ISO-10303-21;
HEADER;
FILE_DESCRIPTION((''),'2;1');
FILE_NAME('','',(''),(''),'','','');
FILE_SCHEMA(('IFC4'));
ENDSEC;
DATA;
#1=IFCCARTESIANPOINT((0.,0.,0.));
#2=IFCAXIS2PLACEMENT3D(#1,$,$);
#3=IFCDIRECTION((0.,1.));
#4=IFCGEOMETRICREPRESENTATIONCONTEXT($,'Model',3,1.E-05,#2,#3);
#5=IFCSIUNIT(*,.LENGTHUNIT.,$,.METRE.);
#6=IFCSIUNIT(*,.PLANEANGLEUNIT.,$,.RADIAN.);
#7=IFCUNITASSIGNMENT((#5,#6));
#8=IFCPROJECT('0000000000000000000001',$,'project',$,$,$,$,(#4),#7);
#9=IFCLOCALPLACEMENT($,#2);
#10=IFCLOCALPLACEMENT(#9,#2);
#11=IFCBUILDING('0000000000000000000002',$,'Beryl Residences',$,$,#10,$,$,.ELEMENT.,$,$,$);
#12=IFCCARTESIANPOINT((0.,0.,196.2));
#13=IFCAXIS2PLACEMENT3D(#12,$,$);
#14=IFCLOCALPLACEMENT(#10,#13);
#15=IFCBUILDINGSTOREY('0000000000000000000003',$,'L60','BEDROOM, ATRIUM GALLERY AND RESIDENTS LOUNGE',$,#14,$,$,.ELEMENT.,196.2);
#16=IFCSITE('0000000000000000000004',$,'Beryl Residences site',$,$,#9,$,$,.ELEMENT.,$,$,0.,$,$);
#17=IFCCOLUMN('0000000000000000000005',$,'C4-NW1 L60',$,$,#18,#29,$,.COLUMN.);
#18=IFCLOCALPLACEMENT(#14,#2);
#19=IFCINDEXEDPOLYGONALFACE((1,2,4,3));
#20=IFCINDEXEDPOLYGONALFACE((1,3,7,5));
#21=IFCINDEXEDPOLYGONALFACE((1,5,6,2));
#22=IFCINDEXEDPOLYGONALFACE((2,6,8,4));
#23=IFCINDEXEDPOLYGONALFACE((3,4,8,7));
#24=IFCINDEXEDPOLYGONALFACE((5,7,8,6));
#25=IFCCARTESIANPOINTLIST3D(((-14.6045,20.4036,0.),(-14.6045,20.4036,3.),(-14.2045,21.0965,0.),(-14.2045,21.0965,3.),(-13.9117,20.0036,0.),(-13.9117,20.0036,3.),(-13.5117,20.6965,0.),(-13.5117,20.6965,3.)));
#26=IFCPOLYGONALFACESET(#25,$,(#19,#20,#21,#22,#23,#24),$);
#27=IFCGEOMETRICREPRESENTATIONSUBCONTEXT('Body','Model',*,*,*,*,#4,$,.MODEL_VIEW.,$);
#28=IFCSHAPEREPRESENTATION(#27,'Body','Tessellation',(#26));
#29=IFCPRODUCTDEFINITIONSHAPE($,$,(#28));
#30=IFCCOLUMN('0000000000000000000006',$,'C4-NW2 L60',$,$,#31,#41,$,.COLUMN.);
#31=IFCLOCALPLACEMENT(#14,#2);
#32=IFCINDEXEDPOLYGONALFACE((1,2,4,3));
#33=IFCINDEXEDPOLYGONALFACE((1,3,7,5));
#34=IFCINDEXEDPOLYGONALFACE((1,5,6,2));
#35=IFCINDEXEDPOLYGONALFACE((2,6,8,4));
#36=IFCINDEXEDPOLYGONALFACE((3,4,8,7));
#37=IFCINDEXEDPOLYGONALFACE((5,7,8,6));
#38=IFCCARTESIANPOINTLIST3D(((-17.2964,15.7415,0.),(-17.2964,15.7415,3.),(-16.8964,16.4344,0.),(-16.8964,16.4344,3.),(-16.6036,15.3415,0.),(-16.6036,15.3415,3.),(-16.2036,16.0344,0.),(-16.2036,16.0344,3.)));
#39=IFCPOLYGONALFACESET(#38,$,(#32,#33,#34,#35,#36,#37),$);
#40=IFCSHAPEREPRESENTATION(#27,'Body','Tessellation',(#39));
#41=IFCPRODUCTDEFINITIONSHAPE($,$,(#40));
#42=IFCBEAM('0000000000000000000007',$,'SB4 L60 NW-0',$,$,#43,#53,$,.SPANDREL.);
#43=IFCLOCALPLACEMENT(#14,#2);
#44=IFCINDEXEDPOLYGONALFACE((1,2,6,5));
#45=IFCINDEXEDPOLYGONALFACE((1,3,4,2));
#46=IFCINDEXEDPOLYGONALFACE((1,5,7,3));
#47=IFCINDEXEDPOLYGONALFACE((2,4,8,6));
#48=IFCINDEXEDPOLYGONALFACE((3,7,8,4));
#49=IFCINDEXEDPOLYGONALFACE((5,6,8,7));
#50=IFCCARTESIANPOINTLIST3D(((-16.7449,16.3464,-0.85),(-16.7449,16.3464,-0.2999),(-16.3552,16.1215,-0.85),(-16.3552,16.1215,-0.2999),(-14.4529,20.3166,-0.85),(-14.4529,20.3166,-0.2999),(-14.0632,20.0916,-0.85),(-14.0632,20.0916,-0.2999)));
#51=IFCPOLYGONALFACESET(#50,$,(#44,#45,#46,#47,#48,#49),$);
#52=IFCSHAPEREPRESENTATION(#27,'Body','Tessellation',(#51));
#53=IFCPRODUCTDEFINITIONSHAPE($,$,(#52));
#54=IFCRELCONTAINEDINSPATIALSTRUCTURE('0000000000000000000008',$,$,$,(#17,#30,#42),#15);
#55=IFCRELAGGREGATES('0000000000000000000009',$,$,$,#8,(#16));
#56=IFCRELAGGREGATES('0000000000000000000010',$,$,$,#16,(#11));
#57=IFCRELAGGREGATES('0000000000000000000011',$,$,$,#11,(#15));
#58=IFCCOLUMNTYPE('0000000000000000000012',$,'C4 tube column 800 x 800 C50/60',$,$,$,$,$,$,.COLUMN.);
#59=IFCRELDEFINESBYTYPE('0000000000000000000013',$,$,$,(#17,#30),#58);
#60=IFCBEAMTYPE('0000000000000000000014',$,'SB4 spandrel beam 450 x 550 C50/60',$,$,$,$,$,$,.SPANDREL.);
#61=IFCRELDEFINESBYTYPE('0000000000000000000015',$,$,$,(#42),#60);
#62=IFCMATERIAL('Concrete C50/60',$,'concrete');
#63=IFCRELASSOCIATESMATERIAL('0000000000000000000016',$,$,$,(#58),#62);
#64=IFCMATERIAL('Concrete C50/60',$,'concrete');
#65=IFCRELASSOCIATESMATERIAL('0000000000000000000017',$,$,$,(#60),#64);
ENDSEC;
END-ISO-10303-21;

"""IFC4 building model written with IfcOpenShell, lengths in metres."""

from ifc_helpers import new_model, si_unit, direction, frame, origin, origin_2d, place, context, subcontext, project, spatial, rectangle, extrude, material, material_profile, profile_set, type_object, element, save


model = new_model("IFC4")

# Units and contexts
model_context = context("Model", 3, precision=1e-05, world=origin(), true_north=direction((0.0, 1.0)))
body_context = subcontext(model_context, "Body", "Model", "MODEL_VIEW")
ifc_project = project(units=[si_unit("LENGTHUNIT", "METRE"), si_unit("PLANEANGLEUNIT", "RADIAN")], contexts=[model_context])

# Site, building, storey
site_placement = place(None, origin())
site = spatial("IfcSite", under=ifc_project, at=site_placement, Name="Beryl Residences site", CompositionType="ELEMENT", RefElevation=0.0)
building_placement = place(site_placement, origin())
building = spatial("IfcBuilding", under=site, at=building_placement, Name="Beryl Residences", CompositionType="ELEMENT")
storey_placement = place(building_placement, frame((0.0, 0.0, 196.2)))
storey = spatial("IfcBuildingStorey", under=building, at=storey_placement, Name="L60", Description="BEDROOM, ATRIUM GALLERY AND RESIDENTS LOUNGE", CompositionType="ELEMENT", Elevation=196.2)

# Columns
ifc_material_1 = material(Name="Concrete C50/60", Category="concrete")
ifc_material_profile_1 = material_profile(ifc_material_1, rectangle(XDim=0.8, YDim=0.8, at=origin_2d()))
ifc_profile_set_1 = profile_set([ifc_material_profile_1], Name="Concrete C50/60")
column_type = type_object("IfcColumnType", Name="C4 tube column 800 x 800 C50/60", PredefinedType="COLUMN", material=ifc_profile_set_1)
for number, where, z_axis, x_axis, name in (
    (1, (-14.0581, 20.55, 0.0), (0.0, 0.0, 1.0), (-0.5, -0.866025, 0.0), "C4-NW1 L60"),
    (2, (-16.75, 15.8879, 0.0), (0.0, 0.0, 1.0), (-0.5, -0.866025, 0.0), "C4-NW2 L60"),
):
    element("IfcColumn", number, at=place(storey_placement, frame(where, z_axis=z_axis, x_axis=x_axis)), inside=storey, type_object=column_type, Name=name, PredefinedType="COLUMN", context=body_context, shape_type="SweptSolid", body=[
        extrude(rectangle(XDim=0.8, YDim=0.8, at=origin_2d()), origin(), (0.0, 0.0, 1.0), 3.0),
    ])

# Beam
ifc_material_2 = material(Name="Concrete C50/60", Category="concrete")
ifc_material_profile_2 = material_profile(ifc_material_2, rectangle(XDim=0.45, YDim=0.55, at=origin_2d()))
ifc_profile_set_2 = profile_set([ifc_material_profile_2], Name="Concrete C50/60")
beam_type = type_object("IfcBeamType", Name="SB4 spandrel beam 450 x 550 C50/60", PredefinedType="SPANDREL", material=ifc_profile_set_2)
beam_placement = place(storey_placement, frame((-14.2581, 20.2041, -0.575), z_axis=(-0.499965, -0.866045, 0.0), x_axis=(0.866045, -0.499965, 0.0)))
element("IfcBeam", 3, at=beam_placement, inside=storey, type_object=beam_type, Name="SB4 L60 NW-0", PredefinedType="SPANDREL", context=body_context, shape_type="SweptSolid", body=[
    extrude(rectangle(XDim=0.45, YDim=0.55, at=origin_2d()), origin(), (0.0, 0.0, 1.0), 4.5842),
])

save(model, "model.ifc")
